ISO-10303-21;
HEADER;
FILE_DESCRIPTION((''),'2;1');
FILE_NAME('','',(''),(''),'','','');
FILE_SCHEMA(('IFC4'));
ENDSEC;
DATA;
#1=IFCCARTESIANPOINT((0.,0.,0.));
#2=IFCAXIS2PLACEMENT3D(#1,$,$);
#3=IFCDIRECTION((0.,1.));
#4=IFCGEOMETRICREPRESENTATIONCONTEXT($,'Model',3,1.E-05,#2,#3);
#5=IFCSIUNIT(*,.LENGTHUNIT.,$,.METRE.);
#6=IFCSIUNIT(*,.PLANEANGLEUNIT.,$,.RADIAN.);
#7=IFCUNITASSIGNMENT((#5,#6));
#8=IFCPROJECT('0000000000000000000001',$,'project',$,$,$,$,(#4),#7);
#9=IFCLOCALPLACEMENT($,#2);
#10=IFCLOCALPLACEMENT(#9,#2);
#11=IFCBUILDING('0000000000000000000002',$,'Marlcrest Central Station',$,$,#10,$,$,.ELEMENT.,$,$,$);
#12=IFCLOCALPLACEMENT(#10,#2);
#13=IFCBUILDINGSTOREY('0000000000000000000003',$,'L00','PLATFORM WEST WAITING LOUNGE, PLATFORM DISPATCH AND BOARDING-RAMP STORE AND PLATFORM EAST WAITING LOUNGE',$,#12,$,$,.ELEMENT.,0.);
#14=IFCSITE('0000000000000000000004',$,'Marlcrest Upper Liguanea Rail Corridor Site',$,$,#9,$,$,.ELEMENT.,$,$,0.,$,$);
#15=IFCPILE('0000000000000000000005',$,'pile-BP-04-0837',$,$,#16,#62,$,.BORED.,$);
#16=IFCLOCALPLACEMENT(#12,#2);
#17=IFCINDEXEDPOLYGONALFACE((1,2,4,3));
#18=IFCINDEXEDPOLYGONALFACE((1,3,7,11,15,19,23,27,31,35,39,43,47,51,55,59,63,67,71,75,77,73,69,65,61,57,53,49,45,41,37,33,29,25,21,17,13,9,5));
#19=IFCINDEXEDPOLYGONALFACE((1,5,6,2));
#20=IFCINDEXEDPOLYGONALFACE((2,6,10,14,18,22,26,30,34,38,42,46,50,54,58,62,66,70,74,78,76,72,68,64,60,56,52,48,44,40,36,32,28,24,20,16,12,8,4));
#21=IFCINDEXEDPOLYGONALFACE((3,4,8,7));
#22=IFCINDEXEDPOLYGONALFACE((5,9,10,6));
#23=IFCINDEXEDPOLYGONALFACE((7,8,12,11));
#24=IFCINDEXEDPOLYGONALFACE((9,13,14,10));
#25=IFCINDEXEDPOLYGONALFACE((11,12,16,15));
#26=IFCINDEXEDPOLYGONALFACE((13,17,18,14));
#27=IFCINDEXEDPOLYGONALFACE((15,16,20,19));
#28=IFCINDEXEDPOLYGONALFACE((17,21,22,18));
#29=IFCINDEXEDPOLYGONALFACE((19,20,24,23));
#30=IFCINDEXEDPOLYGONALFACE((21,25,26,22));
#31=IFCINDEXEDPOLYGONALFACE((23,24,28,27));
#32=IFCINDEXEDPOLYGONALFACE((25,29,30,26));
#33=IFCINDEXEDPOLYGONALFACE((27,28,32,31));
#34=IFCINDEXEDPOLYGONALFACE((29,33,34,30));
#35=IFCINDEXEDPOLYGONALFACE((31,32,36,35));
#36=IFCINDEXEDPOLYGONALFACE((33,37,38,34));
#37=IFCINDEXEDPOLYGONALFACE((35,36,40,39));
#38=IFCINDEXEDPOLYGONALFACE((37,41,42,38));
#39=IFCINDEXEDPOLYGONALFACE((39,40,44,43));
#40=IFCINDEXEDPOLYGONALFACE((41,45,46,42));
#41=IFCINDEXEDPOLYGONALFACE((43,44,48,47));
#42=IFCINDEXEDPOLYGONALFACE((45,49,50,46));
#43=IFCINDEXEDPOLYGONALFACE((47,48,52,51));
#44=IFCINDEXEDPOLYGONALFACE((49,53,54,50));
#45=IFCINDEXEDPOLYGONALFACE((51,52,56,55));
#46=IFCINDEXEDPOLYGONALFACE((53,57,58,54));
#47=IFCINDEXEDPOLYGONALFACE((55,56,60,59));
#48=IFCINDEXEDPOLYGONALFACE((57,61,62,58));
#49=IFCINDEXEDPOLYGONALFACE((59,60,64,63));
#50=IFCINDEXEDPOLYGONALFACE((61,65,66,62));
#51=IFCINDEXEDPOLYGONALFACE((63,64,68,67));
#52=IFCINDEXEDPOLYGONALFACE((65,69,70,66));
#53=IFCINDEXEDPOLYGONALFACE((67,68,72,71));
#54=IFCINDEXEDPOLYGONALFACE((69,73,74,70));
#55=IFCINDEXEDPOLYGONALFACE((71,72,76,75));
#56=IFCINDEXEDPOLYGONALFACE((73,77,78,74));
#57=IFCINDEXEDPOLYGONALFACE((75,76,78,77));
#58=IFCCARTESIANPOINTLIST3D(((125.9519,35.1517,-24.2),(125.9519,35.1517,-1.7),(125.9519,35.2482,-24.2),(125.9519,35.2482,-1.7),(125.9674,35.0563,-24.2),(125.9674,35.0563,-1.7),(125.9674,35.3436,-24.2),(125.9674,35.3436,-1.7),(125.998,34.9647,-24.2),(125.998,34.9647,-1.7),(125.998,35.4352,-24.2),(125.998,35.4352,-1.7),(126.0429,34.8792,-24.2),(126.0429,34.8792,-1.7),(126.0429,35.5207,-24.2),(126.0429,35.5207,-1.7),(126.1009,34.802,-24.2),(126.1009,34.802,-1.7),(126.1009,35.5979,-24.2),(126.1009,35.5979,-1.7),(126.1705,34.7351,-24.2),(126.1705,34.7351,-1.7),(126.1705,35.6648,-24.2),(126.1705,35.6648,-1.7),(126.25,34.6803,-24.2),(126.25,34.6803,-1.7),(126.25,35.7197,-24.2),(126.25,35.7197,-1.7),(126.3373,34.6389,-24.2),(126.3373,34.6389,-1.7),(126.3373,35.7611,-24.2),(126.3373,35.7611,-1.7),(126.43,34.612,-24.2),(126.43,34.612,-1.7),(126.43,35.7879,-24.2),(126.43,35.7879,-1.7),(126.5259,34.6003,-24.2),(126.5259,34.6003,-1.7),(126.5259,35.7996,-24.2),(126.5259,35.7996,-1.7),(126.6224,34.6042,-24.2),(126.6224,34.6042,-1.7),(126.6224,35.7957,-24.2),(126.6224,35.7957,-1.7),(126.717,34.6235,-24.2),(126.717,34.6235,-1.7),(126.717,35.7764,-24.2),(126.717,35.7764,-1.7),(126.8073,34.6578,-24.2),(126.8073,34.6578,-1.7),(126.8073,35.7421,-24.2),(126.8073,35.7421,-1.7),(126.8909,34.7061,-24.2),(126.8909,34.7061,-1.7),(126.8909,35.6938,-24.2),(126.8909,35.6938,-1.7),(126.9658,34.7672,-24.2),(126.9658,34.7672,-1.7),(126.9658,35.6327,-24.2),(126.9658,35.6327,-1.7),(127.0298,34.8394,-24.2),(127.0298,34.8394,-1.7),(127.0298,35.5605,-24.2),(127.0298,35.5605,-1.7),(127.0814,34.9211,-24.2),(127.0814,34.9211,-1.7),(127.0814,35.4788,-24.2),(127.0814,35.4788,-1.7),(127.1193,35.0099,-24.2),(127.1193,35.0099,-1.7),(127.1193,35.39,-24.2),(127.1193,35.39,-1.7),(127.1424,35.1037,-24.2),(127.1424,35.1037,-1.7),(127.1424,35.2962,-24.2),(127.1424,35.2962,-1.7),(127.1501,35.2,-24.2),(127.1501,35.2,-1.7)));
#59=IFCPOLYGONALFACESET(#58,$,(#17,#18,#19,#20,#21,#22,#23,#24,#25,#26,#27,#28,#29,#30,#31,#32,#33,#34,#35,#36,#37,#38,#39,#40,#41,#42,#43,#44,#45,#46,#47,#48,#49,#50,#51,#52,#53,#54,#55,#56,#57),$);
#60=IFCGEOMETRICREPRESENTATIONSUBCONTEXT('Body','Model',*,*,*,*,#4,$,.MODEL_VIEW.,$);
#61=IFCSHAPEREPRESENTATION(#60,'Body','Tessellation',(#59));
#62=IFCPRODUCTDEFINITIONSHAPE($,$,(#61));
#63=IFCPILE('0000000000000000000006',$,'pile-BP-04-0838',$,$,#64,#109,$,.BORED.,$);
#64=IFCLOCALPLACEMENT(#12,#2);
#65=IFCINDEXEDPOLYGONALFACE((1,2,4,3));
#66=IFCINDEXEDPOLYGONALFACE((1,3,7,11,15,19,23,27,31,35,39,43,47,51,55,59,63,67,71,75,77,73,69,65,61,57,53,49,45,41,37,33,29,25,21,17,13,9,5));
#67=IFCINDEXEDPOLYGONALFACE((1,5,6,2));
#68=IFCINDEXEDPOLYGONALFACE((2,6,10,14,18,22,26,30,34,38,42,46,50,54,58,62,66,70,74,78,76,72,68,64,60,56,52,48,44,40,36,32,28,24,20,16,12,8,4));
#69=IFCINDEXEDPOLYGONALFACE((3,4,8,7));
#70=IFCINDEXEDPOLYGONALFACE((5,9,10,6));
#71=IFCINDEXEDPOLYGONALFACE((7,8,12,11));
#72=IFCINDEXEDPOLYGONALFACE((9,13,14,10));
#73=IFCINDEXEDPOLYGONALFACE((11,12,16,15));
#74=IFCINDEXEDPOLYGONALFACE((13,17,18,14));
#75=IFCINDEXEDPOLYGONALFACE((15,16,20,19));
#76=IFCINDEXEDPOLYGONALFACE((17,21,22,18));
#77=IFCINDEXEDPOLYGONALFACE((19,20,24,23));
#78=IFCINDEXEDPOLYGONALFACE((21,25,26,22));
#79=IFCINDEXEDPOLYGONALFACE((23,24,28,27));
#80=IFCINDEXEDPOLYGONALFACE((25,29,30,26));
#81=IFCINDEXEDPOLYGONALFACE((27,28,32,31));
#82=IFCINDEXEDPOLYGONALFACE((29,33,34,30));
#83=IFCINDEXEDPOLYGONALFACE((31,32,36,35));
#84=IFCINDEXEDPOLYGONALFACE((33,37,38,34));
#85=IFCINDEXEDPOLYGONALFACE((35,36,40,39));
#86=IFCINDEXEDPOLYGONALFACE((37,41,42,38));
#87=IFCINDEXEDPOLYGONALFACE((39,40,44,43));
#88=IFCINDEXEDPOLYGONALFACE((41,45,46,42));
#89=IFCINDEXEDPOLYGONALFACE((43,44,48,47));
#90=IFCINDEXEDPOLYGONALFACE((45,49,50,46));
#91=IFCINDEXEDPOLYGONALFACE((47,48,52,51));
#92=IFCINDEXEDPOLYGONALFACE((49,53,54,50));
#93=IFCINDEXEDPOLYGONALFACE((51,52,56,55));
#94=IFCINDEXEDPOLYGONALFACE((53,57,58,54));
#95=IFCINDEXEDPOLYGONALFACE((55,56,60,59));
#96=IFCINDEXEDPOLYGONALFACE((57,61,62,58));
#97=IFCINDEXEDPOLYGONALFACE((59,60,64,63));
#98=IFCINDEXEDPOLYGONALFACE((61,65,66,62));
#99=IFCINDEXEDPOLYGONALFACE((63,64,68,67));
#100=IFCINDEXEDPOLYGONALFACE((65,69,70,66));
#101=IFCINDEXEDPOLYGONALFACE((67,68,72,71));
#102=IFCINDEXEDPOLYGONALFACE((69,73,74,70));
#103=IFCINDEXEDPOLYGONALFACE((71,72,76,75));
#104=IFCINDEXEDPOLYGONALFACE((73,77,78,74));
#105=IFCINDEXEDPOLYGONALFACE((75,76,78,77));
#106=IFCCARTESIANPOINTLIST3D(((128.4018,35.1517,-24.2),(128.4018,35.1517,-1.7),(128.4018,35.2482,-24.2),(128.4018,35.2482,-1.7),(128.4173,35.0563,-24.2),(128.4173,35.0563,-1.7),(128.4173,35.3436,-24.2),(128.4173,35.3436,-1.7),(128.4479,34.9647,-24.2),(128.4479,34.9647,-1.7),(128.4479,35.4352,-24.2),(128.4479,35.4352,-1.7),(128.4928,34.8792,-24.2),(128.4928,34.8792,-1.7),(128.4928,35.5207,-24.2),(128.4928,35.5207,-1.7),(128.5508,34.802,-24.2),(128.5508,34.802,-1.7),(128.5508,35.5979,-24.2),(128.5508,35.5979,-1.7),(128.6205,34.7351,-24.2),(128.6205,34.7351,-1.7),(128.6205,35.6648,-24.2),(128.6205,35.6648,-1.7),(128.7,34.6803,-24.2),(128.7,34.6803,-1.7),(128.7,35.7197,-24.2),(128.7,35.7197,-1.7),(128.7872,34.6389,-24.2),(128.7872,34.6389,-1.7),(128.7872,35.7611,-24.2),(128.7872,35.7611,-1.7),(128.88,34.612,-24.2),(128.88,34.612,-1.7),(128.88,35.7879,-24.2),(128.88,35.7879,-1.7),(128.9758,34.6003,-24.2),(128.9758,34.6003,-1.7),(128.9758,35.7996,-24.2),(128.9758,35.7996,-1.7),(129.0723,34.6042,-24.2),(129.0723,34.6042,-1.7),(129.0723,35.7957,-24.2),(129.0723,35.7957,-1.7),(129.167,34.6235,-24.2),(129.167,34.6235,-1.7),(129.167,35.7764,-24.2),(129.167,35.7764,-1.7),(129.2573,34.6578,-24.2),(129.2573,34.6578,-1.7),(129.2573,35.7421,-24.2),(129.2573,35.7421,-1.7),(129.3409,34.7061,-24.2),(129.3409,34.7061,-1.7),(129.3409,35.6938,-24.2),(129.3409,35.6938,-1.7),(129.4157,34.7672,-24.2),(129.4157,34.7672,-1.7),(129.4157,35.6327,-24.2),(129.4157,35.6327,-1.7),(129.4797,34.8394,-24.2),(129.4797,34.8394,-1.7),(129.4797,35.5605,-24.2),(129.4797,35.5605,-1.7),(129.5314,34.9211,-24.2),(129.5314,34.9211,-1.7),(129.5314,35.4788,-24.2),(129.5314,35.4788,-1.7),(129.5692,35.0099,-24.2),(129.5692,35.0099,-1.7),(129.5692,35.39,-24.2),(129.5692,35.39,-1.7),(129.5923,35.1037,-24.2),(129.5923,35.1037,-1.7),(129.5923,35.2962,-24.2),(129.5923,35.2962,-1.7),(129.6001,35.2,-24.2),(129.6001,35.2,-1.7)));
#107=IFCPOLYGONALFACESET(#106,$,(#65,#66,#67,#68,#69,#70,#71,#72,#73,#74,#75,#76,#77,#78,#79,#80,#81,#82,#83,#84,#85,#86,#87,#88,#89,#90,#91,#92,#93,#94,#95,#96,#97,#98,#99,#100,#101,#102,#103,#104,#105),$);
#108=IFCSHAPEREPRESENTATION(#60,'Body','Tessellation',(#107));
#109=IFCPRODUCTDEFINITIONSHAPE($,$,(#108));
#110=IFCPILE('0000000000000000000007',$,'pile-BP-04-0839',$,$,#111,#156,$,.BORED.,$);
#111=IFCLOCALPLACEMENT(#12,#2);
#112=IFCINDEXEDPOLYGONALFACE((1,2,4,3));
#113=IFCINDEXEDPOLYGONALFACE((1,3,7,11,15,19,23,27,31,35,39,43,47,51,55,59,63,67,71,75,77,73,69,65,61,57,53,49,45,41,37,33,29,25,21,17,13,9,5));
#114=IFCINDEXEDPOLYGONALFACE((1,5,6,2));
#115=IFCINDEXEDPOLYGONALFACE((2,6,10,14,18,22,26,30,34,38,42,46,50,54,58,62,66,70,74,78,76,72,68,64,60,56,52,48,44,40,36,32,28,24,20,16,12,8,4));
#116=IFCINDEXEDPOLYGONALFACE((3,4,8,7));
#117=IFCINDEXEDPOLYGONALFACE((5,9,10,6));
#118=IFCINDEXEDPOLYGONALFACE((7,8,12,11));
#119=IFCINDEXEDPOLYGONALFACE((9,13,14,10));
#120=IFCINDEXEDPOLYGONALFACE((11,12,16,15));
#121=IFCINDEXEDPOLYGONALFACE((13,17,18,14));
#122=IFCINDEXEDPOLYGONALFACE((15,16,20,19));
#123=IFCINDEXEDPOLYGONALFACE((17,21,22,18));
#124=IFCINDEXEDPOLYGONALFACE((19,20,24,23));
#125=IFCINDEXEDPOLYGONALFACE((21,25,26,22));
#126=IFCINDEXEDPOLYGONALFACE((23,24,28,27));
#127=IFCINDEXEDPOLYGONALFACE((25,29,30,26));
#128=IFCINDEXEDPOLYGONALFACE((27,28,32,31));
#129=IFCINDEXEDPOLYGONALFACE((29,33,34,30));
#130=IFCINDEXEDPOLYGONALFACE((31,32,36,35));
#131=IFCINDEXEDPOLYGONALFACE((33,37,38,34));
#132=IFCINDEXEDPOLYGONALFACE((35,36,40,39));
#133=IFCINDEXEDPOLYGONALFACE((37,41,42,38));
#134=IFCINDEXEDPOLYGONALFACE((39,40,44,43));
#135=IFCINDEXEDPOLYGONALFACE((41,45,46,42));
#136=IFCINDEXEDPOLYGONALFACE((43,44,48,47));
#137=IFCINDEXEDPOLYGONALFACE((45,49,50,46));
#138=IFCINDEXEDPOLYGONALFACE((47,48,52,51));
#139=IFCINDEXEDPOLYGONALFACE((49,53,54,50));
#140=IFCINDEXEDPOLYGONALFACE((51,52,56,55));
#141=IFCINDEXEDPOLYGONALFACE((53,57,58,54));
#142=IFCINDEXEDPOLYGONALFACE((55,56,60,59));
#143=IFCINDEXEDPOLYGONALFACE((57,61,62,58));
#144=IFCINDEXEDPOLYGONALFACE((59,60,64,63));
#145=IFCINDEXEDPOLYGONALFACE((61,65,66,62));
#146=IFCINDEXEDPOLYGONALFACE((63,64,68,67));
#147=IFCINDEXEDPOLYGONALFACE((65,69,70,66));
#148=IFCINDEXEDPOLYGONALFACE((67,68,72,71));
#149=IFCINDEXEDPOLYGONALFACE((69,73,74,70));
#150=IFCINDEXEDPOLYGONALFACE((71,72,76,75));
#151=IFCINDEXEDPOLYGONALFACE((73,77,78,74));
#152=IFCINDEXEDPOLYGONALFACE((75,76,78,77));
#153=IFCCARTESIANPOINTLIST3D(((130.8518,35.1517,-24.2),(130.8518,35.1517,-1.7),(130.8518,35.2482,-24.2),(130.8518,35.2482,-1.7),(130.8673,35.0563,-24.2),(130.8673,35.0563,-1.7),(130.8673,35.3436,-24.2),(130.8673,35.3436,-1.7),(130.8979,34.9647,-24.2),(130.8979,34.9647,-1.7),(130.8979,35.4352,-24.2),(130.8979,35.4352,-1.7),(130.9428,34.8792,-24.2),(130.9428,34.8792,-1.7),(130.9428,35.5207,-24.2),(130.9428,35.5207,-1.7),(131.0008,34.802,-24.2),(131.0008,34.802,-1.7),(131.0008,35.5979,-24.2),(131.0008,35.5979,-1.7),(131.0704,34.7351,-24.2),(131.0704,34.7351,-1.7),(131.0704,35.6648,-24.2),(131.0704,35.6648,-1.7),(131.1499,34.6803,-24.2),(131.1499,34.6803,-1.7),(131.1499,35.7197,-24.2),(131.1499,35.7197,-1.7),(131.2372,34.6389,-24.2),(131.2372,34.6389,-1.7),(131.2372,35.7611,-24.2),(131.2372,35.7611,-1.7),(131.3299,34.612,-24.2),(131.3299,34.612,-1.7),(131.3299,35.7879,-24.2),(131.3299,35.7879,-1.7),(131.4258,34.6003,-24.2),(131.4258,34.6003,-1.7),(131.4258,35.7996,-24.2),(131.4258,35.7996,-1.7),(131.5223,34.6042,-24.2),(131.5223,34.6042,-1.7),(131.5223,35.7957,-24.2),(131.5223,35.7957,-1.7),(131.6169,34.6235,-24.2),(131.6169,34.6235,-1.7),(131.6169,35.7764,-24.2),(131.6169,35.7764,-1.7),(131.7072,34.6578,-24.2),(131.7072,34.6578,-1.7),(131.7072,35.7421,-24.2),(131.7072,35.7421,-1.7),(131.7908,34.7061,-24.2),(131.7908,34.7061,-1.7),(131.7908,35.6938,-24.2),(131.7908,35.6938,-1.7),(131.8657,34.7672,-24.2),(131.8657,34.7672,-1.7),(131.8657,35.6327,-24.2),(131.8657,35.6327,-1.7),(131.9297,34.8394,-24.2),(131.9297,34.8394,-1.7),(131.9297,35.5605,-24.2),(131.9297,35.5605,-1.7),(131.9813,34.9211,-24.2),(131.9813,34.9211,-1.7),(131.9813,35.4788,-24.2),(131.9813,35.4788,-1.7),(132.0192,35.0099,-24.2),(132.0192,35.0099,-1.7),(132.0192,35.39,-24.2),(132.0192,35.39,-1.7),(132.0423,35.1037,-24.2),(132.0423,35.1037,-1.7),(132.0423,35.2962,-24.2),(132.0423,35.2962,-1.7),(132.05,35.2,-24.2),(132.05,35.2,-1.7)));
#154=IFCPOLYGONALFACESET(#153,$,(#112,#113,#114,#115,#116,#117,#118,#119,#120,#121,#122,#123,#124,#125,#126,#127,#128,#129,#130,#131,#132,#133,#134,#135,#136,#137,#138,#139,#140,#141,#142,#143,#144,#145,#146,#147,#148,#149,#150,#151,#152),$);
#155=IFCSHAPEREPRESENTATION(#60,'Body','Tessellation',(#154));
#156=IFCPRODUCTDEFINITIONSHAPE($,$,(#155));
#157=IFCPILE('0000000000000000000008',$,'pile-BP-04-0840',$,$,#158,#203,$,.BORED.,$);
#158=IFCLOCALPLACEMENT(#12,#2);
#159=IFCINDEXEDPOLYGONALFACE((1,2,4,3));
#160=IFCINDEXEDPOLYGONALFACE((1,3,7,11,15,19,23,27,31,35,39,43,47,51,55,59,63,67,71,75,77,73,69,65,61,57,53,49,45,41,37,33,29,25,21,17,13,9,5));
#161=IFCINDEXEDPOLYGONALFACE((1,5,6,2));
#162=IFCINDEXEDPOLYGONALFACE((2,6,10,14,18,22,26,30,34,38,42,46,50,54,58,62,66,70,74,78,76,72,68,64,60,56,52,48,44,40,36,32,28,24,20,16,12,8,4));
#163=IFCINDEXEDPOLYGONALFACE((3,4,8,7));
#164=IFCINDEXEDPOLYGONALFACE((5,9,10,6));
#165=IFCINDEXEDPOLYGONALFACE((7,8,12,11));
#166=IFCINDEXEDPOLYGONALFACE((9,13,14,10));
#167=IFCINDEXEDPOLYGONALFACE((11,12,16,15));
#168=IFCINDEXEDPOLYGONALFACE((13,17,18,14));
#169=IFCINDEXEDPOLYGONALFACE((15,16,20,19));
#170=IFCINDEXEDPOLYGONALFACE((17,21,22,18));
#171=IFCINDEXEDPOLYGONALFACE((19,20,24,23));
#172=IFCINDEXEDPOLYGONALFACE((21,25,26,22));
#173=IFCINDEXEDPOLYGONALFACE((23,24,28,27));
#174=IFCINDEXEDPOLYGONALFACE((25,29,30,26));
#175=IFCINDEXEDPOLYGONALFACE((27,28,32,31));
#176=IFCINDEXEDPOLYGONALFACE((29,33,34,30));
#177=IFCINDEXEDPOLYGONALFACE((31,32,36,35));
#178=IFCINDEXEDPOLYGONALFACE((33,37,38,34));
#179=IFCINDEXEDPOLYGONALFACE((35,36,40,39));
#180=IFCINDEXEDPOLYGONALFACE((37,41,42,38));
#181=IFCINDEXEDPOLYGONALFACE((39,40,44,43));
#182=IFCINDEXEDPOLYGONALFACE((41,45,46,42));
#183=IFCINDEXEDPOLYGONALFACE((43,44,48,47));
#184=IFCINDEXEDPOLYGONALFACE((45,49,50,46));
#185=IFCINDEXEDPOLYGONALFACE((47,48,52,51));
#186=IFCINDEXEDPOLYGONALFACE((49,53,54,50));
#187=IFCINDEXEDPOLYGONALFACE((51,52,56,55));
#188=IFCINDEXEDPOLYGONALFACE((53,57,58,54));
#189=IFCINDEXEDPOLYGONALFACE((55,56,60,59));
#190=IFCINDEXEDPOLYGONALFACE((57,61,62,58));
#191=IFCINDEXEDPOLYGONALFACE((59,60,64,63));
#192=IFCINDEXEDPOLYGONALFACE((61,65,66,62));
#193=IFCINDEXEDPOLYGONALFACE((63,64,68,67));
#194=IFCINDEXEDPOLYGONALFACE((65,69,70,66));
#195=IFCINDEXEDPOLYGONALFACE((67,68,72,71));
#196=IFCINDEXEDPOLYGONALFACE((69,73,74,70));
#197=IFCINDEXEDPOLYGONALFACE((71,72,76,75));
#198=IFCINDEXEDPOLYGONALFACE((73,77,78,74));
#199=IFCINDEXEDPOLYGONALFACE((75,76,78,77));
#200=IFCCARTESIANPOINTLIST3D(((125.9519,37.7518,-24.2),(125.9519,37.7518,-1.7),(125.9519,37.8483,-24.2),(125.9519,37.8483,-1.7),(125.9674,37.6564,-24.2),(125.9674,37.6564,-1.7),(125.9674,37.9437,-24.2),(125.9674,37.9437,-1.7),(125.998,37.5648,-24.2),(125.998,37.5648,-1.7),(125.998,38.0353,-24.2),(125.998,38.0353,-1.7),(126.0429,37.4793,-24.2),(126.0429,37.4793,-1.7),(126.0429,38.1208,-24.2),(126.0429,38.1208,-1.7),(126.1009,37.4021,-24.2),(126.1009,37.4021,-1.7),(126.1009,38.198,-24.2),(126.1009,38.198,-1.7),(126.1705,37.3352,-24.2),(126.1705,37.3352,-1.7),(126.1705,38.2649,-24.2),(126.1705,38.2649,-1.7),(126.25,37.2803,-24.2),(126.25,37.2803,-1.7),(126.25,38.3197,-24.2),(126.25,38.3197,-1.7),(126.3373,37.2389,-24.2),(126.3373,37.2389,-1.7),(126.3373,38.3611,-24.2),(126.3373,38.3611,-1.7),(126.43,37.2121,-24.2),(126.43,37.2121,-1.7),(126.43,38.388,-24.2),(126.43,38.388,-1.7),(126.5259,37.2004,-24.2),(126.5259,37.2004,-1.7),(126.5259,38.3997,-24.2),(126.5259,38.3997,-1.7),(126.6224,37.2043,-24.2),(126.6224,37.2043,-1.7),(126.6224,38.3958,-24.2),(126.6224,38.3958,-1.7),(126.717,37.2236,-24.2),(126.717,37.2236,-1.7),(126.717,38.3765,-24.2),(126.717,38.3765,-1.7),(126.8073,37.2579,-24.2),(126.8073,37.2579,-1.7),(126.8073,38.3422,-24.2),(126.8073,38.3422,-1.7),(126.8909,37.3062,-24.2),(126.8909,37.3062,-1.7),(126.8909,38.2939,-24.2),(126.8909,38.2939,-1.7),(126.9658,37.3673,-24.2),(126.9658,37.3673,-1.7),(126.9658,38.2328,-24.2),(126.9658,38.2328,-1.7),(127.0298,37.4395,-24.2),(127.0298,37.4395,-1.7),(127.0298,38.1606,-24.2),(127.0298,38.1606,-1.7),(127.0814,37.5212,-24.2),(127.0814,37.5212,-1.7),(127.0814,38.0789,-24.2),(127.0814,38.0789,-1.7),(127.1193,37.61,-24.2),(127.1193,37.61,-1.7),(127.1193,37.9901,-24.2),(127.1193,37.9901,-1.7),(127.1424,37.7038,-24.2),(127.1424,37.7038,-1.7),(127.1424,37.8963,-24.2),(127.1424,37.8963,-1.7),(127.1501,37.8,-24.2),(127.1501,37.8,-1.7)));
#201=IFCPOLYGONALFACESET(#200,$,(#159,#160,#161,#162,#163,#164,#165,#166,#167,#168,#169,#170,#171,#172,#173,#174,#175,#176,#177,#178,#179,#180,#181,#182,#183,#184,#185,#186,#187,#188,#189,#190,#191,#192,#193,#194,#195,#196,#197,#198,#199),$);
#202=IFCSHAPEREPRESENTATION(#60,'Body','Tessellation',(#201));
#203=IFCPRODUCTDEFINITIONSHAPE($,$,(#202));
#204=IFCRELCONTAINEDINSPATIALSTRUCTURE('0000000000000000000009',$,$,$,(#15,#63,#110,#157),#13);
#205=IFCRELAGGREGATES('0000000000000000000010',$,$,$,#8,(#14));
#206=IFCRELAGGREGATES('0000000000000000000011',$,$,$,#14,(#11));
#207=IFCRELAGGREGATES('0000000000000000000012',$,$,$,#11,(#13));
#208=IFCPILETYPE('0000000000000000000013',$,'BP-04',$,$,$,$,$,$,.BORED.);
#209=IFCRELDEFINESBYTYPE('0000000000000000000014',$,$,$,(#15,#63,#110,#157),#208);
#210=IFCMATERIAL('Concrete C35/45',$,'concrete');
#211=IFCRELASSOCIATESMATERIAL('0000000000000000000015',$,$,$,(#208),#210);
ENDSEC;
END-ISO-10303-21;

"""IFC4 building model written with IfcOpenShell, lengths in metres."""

from ifc_helpers import new_model, si_unit, direction, frame, origin, origin_2d, place, context, subcontext, project, spatial, circle, extrude, material, material_profile, profile_set, type_object, element, save


model = new_model("IFC4")

# Units and contexts
model_context = context("Model", 3, precision=1e-05, world=origin(), true_north=direction((0.0, 1.0)))
body_context = subcontext(model_context, "Body", "Model", "MODEL_VIEW")
ifc_project = project(units=[si_unit("LENGTHUNIT", "METRE"), si_unit("PLANEANGLEUNIT", "RADIAN")], contexts=[model_context])

# Site, building, storey
site_placement = place(None, origin())
site = spatial("IfcSite", under=ifc_project, at=site_placement, Name="Marlcrest Upper Liguanea Rail Corridor Site", CompositionType="ELEMENT", RefElevation=0.0)
building_placement = place(site_placement, origin())
building = spatial("IfcBuilding", under=site, at=building_placement, Name="Marlcrest Central Station", CompositionType="ELEMENT")
storey_placement = place(building_placement, origin())
storey = spatial("IfcBuildingStorey", under=building, at=storey_placement, Name="L00", Description="PLATFORM WEST WAITING LOUNGE, PLATFORM DISPATCH AND BOARDING-RAMP STORE AND PLATFORM EAST WAITING LOUNGE", CompositionType="ELEMENT", Elevation=0.0)

# Piles
ifc_material_1 = material(Name="Concrete C35/45", Category="concrete")
ifc_material_profile_1 = material_profile(ifc_material_1, circle(Radius=0.6001, at=origin_2d()), Name="PILE D1200")
ifc_profile_set_1 = profile_set([ifc_material_profile_1], Name="Concrete C35/45")
pile_type = type_object("IfcPileType", Name="BP-04", PredefinedType="BORED", material=ifc_profile_set_1)
for number, where, z_axis, x_axis, name in (
    (1, (126.55, 35.2, -1.7), (0.0, 0.0, -1.0), (1.0, 0.0, 0.0), "pile-BP-04-0837"),
    (2, (129.0, 35.2, -1.7), (0.0, 0.0, -1.0), (1.0, 0.0, 0.0), "pile-BP-04-0838"),
    (3, (131.45, 35.2, -1.7), (0.0, 0.0, -1.0), (1.0, 0.0, 0.0), "pile-BP-04-0839"),
    (4, (126.55, 37.8, -1.7), (0.0, 0.0, -1.0), (1.0, 0.0, 0.0), "pile-BP-04-0840"),
):
    element("IfcPile", number, at=place(storey_placement, frame(where, z_axis=z_axis, x_axis=x_axis)), inside=storey, type_object=pile_type, Name=name, PredefinedType="BORED", context=body_context, shape_type="SweptSolid", body=[
        extrude(circle(Radius=0.6001, at=origin_2d()), origin(), (0.0, 0.0, 1.0), 22.5),
    ])

save(model, "model.ifc")
